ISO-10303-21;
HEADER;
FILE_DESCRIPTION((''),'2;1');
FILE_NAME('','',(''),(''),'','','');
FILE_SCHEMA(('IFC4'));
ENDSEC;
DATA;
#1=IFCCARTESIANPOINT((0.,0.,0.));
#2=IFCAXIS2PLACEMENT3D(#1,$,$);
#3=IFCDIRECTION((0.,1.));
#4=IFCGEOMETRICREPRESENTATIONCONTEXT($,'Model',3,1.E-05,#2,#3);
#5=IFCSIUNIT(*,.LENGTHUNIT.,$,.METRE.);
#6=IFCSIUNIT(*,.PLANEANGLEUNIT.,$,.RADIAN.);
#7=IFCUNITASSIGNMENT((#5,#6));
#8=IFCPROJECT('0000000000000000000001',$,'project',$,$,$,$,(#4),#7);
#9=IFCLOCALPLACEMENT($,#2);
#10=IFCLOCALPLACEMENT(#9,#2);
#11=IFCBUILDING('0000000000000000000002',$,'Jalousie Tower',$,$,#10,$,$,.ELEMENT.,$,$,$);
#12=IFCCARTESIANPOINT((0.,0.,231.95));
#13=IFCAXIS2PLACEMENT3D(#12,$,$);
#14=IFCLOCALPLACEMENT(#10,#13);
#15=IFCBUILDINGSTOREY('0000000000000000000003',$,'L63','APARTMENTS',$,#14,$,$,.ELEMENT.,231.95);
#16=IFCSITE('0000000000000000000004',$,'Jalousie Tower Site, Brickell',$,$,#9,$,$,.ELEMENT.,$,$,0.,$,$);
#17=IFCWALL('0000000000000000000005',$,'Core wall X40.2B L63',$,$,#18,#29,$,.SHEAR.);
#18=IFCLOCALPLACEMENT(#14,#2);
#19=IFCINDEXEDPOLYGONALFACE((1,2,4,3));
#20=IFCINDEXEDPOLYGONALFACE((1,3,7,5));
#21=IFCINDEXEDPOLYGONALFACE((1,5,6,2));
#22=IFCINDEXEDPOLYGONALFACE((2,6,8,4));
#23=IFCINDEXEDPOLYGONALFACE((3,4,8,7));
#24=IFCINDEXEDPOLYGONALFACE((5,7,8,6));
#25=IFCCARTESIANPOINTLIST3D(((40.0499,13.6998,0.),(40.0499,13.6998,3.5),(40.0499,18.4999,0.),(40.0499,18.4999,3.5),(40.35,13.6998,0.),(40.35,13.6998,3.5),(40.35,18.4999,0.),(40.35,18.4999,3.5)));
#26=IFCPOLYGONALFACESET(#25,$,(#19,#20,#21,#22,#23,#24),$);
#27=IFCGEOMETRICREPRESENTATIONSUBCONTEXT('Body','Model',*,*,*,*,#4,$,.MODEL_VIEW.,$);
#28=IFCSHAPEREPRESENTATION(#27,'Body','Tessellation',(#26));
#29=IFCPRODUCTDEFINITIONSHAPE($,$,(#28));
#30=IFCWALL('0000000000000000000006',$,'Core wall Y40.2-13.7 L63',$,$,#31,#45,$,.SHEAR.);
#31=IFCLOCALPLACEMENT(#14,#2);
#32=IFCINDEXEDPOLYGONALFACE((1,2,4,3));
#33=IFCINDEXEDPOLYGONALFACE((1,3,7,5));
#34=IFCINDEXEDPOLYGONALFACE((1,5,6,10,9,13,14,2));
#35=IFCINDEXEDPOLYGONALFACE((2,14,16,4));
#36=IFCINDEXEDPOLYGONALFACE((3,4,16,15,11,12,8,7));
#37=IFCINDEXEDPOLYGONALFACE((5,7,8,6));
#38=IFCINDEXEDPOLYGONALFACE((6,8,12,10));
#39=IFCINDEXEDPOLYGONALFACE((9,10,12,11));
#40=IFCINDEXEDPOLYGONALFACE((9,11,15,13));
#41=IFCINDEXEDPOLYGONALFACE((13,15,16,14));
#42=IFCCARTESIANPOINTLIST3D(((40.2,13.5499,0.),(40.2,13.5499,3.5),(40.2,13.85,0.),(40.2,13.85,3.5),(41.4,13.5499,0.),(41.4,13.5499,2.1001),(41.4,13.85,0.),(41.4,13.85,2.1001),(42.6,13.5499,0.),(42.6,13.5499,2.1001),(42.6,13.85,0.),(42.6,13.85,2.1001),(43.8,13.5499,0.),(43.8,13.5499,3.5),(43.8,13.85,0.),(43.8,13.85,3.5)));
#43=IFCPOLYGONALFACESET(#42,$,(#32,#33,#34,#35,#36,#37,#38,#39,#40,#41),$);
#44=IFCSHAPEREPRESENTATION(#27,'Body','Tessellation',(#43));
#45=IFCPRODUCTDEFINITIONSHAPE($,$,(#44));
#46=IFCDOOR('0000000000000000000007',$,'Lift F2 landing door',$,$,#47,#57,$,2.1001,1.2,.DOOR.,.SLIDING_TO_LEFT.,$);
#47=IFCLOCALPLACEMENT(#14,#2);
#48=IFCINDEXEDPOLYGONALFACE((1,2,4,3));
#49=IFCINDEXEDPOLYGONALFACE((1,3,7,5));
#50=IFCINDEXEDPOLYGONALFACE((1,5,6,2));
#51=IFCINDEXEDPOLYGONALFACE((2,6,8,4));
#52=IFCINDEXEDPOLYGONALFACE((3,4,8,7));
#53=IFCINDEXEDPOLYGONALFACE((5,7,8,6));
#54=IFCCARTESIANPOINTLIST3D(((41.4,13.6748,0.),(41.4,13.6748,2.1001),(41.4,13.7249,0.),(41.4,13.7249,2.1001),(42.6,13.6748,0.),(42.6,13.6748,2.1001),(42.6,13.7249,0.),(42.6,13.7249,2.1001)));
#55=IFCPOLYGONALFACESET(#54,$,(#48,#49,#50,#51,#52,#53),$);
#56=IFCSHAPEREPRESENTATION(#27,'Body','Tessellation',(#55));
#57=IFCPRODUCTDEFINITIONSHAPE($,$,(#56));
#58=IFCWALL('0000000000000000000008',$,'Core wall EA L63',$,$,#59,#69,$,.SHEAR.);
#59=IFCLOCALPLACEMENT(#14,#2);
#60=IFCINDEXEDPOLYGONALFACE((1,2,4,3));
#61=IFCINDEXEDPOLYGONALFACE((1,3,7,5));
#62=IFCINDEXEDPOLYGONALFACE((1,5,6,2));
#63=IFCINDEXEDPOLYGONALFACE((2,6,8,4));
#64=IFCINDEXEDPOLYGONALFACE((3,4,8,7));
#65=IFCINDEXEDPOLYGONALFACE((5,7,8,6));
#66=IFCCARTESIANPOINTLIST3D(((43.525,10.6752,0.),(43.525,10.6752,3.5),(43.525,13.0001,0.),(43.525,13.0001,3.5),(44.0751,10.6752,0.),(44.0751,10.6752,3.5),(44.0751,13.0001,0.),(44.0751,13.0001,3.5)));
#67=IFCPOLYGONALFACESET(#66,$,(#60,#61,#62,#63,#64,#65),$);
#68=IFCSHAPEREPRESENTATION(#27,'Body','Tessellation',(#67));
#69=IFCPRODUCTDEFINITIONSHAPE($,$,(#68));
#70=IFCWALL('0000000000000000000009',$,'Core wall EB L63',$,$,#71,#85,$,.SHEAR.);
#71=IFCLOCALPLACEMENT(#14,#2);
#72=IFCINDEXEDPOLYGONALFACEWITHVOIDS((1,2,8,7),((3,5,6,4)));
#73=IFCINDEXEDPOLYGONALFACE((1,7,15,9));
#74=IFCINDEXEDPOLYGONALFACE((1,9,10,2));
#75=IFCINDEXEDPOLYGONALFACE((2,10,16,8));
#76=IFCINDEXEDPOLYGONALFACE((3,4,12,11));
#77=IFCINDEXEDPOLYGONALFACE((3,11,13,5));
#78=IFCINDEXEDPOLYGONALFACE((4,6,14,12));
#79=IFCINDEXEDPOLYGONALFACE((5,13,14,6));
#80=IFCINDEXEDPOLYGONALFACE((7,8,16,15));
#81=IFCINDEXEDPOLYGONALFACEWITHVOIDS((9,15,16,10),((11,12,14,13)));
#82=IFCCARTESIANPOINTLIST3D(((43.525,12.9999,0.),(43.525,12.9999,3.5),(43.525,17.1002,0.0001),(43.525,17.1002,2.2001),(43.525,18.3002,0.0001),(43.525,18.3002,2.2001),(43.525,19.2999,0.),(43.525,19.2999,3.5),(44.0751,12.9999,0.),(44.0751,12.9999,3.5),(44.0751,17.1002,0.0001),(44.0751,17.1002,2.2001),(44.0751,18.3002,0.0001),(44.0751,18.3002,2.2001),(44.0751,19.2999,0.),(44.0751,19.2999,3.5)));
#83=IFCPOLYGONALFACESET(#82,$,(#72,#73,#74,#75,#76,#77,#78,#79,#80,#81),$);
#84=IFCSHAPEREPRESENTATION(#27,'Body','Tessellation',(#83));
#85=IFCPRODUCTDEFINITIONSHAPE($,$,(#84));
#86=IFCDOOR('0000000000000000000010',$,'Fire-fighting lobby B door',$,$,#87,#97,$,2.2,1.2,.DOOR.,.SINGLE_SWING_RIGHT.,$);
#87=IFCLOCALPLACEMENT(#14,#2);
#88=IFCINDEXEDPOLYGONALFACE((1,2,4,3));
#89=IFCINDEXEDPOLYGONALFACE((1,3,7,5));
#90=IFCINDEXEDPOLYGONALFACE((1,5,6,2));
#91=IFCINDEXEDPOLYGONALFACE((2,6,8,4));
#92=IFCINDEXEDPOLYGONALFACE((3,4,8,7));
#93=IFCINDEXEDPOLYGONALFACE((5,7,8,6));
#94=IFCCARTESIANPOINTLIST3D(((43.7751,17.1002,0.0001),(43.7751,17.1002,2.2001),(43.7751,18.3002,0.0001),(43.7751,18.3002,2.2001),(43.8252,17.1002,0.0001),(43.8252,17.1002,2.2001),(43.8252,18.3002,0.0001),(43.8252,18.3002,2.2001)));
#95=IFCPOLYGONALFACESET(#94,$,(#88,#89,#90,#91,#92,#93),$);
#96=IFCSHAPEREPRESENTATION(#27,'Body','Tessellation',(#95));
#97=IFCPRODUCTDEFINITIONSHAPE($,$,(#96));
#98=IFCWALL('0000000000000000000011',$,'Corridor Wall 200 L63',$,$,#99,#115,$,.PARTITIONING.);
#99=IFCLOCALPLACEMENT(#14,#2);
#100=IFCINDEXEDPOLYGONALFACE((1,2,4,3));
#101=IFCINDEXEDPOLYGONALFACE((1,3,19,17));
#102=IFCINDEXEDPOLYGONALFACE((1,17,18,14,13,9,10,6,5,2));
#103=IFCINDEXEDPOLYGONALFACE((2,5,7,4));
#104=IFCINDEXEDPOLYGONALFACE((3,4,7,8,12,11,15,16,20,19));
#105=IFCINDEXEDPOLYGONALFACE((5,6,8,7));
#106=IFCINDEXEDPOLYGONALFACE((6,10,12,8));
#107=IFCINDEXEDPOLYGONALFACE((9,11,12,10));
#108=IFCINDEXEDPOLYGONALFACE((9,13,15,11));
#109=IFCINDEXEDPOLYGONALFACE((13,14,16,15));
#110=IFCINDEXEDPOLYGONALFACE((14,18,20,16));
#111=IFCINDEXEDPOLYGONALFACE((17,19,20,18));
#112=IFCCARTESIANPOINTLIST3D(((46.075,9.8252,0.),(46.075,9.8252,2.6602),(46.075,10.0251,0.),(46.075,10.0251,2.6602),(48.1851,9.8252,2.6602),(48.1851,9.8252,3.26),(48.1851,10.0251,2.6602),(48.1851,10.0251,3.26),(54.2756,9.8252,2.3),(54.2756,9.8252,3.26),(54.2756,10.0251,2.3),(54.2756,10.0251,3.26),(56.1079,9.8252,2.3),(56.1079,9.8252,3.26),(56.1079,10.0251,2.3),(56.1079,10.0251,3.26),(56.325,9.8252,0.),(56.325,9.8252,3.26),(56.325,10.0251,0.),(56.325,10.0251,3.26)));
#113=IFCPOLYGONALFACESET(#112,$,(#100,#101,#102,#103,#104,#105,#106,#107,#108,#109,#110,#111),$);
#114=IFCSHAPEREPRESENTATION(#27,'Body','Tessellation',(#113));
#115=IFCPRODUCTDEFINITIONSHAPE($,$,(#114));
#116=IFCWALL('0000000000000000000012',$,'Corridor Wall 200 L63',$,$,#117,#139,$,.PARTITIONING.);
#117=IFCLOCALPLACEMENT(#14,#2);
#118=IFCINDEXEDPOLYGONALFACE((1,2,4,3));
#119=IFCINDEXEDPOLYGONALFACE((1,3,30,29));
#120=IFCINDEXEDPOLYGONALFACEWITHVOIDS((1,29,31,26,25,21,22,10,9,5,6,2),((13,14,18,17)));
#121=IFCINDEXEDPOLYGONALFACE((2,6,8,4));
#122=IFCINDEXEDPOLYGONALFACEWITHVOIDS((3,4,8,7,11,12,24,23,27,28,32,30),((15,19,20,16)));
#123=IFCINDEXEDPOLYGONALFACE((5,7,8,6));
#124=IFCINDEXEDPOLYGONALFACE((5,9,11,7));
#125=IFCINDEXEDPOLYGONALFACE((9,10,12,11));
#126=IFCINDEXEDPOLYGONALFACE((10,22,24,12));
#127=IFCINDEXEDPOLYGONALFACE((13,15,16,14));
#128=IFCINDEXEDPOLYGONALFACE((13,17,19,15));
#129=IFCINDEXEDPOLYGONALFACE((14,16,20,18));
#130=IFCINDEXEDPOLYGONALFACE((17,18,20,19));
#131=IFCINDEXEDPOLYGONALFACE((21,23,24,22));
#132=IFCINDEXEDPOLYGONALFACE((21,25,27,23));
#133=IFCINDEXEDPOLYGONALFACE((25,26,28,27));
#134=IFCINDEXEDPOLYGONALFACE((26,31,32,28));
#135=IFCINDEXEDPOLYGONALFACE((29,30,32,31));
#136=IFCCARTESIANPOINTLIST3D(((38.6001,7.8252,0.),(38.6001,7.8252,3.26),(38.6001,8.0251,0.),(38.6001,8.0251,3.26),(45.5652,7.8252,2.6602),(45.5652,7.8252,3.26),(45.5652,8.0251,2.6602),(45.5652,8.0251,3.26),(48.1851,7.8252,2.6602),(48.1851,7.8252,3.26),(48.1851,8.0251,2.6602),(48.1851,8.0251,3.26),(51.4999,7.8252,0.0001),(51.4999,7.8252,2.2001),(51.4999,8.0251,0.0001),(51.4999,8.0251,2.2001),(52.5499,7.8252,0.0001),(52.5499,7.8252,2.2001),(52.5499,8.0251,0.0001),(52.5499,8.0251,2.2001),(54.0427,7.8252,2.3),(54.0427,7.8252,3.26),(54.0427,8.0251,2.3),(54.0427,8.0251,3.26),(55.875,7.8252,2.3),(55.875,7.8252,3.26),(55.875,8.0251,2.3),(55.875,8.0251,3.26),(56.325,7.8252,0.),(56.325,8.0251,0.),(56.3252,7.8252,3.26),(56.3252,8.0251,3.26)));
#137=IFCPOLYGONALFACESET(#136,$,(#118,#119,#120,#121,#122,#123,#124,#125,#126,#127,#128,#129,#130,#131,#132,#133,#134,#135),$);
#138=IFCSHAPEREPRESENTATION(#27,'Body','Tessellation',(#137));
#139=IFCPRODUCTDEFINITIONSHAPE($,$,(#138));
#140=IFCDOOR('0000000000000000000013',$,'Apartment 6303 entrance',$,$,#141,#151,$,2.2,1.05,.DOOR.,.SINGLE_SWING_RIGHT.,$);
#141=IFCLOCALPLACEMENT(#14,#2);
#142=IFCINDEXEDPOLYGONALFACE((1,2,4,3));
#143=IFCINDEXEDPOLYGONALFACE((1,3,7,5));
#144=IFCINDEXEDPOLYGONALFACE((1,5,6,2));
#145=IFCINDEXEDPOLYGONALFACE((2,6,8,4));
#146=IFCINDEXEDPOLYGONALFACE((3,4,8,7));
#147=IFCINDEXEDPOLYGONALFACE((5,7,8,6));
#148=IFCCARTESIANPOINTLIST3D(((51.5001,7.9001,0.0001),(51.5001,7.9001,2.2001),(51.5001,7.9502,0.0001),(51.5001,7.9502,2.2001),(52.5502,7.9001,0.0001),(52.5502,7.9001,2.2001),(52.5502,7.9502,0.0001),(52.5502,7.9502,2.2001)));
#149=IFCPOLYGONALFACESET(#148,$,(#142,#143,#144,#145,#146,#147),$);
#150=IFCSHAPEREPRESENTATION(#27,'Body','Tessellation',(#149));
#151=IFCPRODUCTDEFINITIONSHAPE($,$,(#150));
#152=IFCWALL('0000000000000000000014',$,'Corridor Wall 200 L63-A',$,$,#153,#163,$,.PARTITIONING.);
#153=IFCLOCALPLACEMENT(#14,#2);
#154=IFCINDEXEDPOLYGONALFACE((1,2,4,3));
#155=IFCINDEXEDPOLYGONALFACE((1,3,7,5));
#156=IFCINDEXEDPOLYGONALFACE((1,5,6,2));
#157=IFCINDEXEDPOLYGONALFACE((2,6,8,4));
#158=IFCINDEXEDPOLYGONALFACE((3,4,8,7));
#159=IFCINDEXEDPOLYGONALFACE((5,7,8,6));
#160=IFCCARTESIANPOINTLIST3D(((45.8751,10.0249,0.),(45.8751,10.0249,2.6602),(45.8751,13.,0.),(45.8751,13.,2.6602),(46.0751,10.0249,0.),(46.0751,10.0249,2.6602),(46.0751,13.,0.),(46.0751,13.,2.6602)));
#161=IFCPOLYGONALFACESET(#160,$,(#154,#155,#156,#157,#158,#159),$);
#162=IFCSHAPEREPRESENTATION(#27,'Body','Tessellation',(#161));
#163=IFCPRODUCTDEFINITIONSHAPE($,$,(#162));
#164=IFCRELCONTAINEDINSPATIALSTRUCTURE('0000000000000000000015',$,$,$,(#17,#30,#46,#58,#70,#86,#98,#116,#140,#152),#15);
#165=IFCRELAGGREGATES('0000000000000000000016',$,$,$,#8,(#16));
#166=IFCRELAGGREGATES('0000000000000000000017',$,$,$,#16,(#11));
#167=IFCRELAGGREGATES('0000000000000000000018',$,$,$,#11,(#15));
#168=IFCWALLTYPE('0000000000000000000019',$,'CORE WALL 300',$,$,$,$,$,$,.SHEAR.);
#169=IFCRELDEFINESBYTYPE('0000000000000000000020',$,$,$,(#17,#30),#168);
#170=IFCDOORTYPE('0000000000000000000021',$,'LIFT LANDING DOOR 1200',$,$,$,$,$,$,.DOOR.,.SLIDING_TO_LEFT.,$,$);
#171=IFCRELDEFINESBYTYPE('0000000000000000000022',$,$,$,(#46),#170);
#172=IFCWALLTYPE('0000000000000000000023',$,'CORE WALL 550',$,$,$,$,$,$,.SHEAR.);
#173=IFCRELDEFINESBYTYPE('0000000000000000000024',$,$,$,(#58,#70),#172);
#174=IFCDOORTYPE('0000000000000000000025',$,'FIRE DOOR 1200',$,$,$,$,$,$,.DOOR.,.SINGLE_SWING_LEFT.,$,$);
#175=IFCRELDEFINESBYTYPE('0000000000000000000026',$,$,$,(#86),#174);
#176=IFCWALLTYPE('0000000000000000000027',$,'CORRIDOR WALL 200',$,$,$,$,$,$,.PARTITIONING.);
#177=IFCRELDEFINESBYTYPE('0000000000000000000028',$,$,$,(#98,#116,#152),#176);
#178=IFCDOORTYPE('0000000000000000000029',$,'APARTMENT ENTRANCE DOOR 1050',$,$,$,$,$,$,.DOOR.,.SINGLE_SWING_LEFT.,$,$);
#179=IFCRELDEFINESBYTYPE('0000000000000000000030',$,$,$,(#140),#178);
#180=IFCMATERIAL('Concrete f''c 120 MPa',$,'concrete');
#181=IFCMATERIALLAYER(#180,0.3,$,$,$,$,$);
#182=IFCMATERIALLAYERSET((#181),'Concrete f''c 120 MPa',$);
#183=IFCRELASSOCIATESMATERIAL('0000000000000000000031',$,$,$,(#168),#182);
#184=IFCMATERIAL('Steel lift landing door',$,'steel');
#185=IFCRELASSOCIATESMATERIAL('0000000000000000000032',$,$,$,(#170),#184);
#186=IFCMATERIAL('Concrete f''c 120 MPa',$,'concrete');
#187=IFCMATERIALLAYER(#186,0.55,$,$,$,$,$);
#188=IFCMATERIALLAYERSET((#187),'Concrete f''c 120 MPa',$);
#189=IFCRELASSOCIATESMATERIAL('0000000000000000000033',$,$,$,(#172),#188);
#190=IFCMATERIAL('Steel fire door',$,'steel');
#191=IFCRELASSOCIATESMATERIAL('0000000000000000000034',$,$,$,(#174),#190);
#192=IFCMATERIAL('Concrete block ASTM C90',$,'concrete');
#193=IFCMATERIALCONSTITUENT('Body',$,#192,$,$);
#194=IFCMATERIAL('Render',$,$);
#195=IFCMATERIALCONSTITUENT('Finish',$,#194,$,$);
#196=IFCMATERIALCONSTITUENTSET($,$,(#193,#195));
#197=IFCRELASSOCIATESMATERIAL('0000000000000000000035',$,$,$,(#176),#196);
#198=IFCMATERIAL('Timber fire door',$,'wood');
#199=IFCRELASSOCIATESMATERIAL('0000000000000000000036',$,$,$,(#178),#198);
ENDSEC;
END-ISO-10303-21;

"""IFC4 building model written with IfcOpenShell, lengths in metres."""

from ifc_helpers import new_model, si_unit, direction, frame, frame_2d, origin, place, context, subcontext, project, spatial, polyline, rectangle, outline, extrude, material, layer, layer_set, constituent, constituent_set, type_object, element, fill, save


model = new_model("IFC4")

# Units and contexts
model_context = context("Model", 3, precision=1e-05, world=origin(), true_north=direction((0.0, 1.0)))
body_context = subcontext(model_context, "Body", "Model", "MODEL_VIEW")
ifc_project = project(units=[si_unit("LENGTHUNIT", "METRE"), si_unit("PLANEANGLEUNIT", "RADIAN")], contexts=[model_context])

# Site, building, storey
site_placement = place(None, origin())
site = spatial("IfcSite", under=ifc_project, at=site_placement, Name="Jalousie Tower Site, Brickell", CompositionType="ELEMENT", RefElevation=0.0)
building_placement = place(site_placement, origin())
building = spatial("IfcBuilding", under=site, at=building_placement, Name="Jalousie Tower", CompositionType="ELEMENT")
storey_placement = place(building_placement, frame((0.0, 0.0, 231.95)))
storey = spatial("IfcBuildingStorey", under=building, at=storey_placement, Name="L63", Description="APARTMENTS", CompositionType="ELEMENT", Elevation=231.95)

# Wall
ifc_material_1 = material(Name="Concrete f'c 120 MPa", Category="concrete")
ifc_layer_1 = layer(ifc_material_1, 0.3)
ifc_layer_set_1 = layer_set([ifc_layer_1], Name="Concrete f'c 120 MPa")
wall_type_1 = type_object("IfcWallType", Name="CORE WALL 300", PredefinedType="SHEAR", material=ifc_layer_set_1)
wall_1_placement = place(storey_placement, frame((40.2, 13.7, 0.0), z_axis=(0.0, 0.0, 1.0), x_axis=(0.0, 1.0, 0.0)))
element("IfcWall", 1, at=wall_1_placement, inside=storey, type_object=wall_type_1, Name="Core wall X40.2B L63", PredefinedType="SHEAR", context=body_context, shape_type="SweptSolid", body=[
    extrude(rectangle(XDim=4.8, YDim=0.3, at=frame_2d((2.3999, 0.0))), origin(), (0.0, 0.0, 1.0), 3.5),
])

# Wall, opening, door
wall_2_placement = place(storey_placement, frame((40.2, 13.7, 0.0), z_axis=(0.0, 0.0, 1.0), x_axis=(1.0, 0.0, 0.0)))
wall_2 = element("IfcWall", 2, at=wall_2_placement, inside=storey, type_object=wall_type_1, Name="Core wall Y40.2-13.7 L63", PredefinedType="SHEAR", context=body_context, shape_type="SweptSolid", body=[
    extrude(rectangle(XDim=3.6001, YDim=0.3, at=frame_2d((1.8, 0.0))), origin(), (0.0, 0.0, 1.0), 3.5),
])
opening_1_placement = place(wall_2_placement, frame((1.2, 0.0, 0.0)))
opening_1 = element("IfcOpeningElement", 3, at=opening_1_placement, cuts=wall_2, PredefinedType="OPENING", context=body_context, shape_type="SweptSolid", body=[
    extrude(rectangle(XDim=1.2, YDim=2.1001, at=frame_2d((0.6001, 1.05))), frame((0.0, 0.1599, 0.0), z_axis=(0.0, -1.0, 0.0), x_axis=(1.0, 0.0, 0.0)), (0.0, 0.0, 1.0), 0.3201),
])
ifc_material_2 = material(Name="Steel lift landing door", Category="steel")
door_type_1 = type_object("IfcDoorType", Name="LIFT LANDING DOOR 1200", OperationType="SLIDING_TO_LEFT", PredefinedType="DOOR", material=ifc_material_2)
door_1_placement = place(opening_1_placement, origin())
door_1 = element("IfcDoor", 4, at=door_1_placement, inside=storey, type_object=door_type_1, Name="Lift F2 landing door", OperationType="SLIDING_TO_LEFT", OverallHeight=2.1001, OverallWidth=1.2, PredefinedType="DOOR", context=body_context, shape_type="SweptSolid", body=[
    extrude(rectangle(XDim=1.2, YDim=2.1001, at=frame_2d((0.6001, 1.05))), frame((0.0, 0.0249, 0.0), z_axis=(0.0, -1.0, 0.0), x_axis=(1.0, 0.0, 0.0)), (0.0, 0.0, 1.0), 0.05),
])
fill(opening_1, door_1)

# Wall
ifc_material_3 = material(Name="Concrete f'c 120 MPa", Category="concrete")
ifc_layer_2 = layer(ifc_material_3, 0.55)
ifc_layer_set_2 = layer_set([ifc_layer_2], Name="Concrete f'c 120 MPa")
wall_type_2 = type_object("IfcWallType", Name="CORE WALL 550", PredefinedType="SHEAR", material=ifc_layer_set_2)
wall_3_placement = place(storey_placement, frame((43.8, 10.675, 0.0), z_axis=(0.0, 0.0, 1.0), x_axis=(0.0, 1.0, 0.0)))
element("IfcWall", 5, at=wall_3_placement, inside=storey, type_object=wall_type_2, Name="Core wall EA L63", PredefinedType="SHEAR", context=body_context, shape_type="SweptSolid", body=[
    extrude(rectangle(XDim=2.325, YDim=0.55, at=frame_2d((1.1626, 0.0))), origin(), (0.0, 0.0, 1.0), 3.5),
])

# Wall, opening, door
wall_4_placement = place(storey_placement, frame((43.8, 13.0, 0.0), z_axis=(0.0, 0.0, 1.0), x_axis=(0.0, 1.0, 0.0)))
wall_4 = element("IfcWall", 6, at=wall_4_placement, inside=storey, type_object=wall_type_2, Name="Core wall EB L63", PredefinedType="SHEAR", context=body_context, shape_type="SweptSolid", body=[
    extrude(rectangle(XDim=6.3, YDim=0.55, at=frame_2d((3.1499, 0.0))), origin(), (0.0, 0.0, 1.0), 3.5),
])
opening_2_placement = place(wall_4_placement, frame((4.1001, 0.0, 0.0)))
opening_2 = element("IfcOpeningElement", 7, at=opening_2_placement, cuts=wall_4, PredefinedType="OPENING", context=body_context, shape_type="SweptSolid", body=[
    extrude(rectangle(XDim=1.2, YDim=2.2, at=frame_2d((0.6001, 1.1001))), frame((0.0, 0.2849, 0.0), z_axis=(0.0, -1.0, 0.0), x_axis=(1.0, 0.0, 0.0)), (0.0, 0.0, 1.0), 0.5701),
])
ifc_material_4 = material(Name="Steel fire door", Category="steel")
door_type_2 = type_object("IfcDoorType", Name="FIRE DOOR 1200", OperationType="SINGLE_SWING_LEFT", PredefinedType="DOOR", material=ifc_material_4)
door_2_placement = place(opening_2_placement, origin())
door_2 = element("IfcDoor", 8, at=door_2_placement, inside=storey, type_object=door_type_2, Name="Fire-fighting lobby B door", OperationType="SINGLE_SWING_RIGHT", OverallHeight=2.2, OverallWidth=1.2, PredefinedType="DOOR", context=body_context, shape_type="SweptSolid", body=[
    extrude(rectangle(XDim=1.2, YDim=2.2, at=frame_2d((0.6001, 1.1001))), frame((0.0, 0.0249, 0.0), z_axis=(0.0, -1.0, 0.0), x_axis=(1.0, 0.0, 0.0)), (0.0, 0.0, 1.0), 0.05),
])
fill(opening_2, door_2)

# Wall
ifc_material_5 = material(Name="Concrete block ASTM C90", Category="concrete")
ifc_constituent_1 = constituent(ifc_material_5, Name="Body")
ifc_material_6 = material(Name="Render")
ifc_constituent_2 = constituent(ifc_material_6, Name="Finish")
ifc_constituent_set_1 = constituent_set(constituents=[ifc_constituent_1, ifc_constituent_2])
wall_type_3 = type_object("IfcWallType", Name="CORRIDOR WALL 200", PredefinedType="PARTITIONING", material=ifc_constituent_set_1)
wall_5_placement = place(storey_placement, frame((46.075, 9.925, 0.0), z_axis=(0.0, 0.0, 1.0), x_axis=(1.0, 0.0, 0.0)))
element("IfcWall", 9, at=wall_5_placement, inside=storey, type_object=wall_type_3, Name="Corridor Wall 200 L63", PredefinedType="PARTITIONING", context=body_context, shape_type="SweptSolid", body=[
    extrude(outline(polyline([(0.0, 0.0), (10.25, 0.0), (10.25, 3.26), (10.033, 3.26), (10.033, 2.3), (8.2007, 2.3), (8.2007, 3.26), (2.1101, 3.26), (2.1101, 2.6602), (0.0, 2.6602), (0.0, 3.26), (0.0, 0.0)])), frame((0.0, 0.1001, 0.0), z_axis=(0.0, -1.0, 0.0), x_axis=(1.0, 0.0, 0.0)), (0.0, 0.0, 1.0), 0.2),
])

# Wall, opening, door
wall_6_placement = place(storey_placement, frame((38.6001, 7.925, 0.0), z_axis=(0.0, 0.0, 1.0), x_axis=(1.0, 0.0, 0.0)))
wall_6 = element("IfcWall", 10, at=wall_6_placement, inside=storey, type_object=wall_type_3, Name="Corridor Wall 200 L63", PredefinedType="PARTITIONING", context=body_context, shape_type="SweptSolid", body=[
    extrude(outline(polyline([(0.0, 0.0), (17.7249, 0.0), (17.7251, 3.26), (17.2749, 3.26), (17.2749, 2.3), (15.4426, 2.3), (15.4426, 3.26), (9.585, 3.26), (9.585, 2.6602), (6.9651, 2.6602), (6.9651, 3.26), (0.0, 3.26), (0.0, 0.0)])), frame((0.0, 0.1001, 0.0), z_axis=(0.0, -1.0, 0.0), x_axis=(1.0, 0.0, 0.0)), (0.0, 0.0, 1.0), 0.2),
])
opening_3_placement = place(wall_6_placement, frame((12.8999, 0.0, 0.0)))
opening_3 = element("IfcOpeningElement", 11, at=opening_3_placement, cuts=wall_6, PredefinedType="OPENING", context=body_context, shape_type="SweptSolid", body=[
    extrude(rectangle(XDim=1.05, YDim=2.2, at=frame_2d((0.5249, 1.1001))), frame((0.0, 0.1099, 0.0), z_axis=(0.0, -1.0, 0.0), x_axis=(1.0, 0.0, 0.0)), (0.0, 0.0, 1.0), 0.22),
])
ifc_material_7 = material(Name="Timber fire door", Category="wood")
door_type_3 = type_object("IfcDoorType", Name="APARTMENT ENTRANCE DOOR 1050", OperationType="SINGLE_SWING_LEFT", PredefinedType="DOOR", material=ifc_material_7)
door_3_placement = place(opening_3_placement, frame((1.05, 0.0, 0.0), z_axis=(0.0, 0.0, 1.0), x_axis=(-1.0, 0.0, 0.0)))
door_3 = element("IfcDoor", 12, at=door_3_placement, inside=storey, type_object=door_type_3, Name="Apartment 6303 entrance", OperationType="SINGLE_SWING_RIGHT", OverallHeight=2.2, OverallWidth=1.05, PredefinedType="DOOR", context=body_context, shape_type="SweptSolid", body=[
    extrude(rectangle(XDim=1.05, YDim=2.2, at=frame_2d((0.5249, 1.1001))), frame((0.0, 0.0249, 0.0), z_axis=(0.0, -1.0, 0.0), x_axis=(1.0, 0.0, 0.0)), (0.0, 0.0, 1.0), 0.05),
])
fill(opening_3, door_3)

# Wall
wall_7_placement = place(storey_placement, frame((45.9751, 10.0249, 0.0), z_axis=(0.0, 0.0, 1.0), x_axis=(0.0, 1.0, 0.0)))
element("IfcWall", 13, at=wall_7_placement, inside=storey, type_object=wall_type_3, Name="Corridor Wall 200 L63-A", PredefinedType="PARTITIONING", context=body_context, shape_type="SweptSolid", body=[
    extrude(rectangle(XDim=2.9751, YDim=0.2, at=frame_2d((1.4875, 0.0))), origin(), (0.0, 0.0, 1.0), 2.6602),
])

save(model, "model.ifc")
